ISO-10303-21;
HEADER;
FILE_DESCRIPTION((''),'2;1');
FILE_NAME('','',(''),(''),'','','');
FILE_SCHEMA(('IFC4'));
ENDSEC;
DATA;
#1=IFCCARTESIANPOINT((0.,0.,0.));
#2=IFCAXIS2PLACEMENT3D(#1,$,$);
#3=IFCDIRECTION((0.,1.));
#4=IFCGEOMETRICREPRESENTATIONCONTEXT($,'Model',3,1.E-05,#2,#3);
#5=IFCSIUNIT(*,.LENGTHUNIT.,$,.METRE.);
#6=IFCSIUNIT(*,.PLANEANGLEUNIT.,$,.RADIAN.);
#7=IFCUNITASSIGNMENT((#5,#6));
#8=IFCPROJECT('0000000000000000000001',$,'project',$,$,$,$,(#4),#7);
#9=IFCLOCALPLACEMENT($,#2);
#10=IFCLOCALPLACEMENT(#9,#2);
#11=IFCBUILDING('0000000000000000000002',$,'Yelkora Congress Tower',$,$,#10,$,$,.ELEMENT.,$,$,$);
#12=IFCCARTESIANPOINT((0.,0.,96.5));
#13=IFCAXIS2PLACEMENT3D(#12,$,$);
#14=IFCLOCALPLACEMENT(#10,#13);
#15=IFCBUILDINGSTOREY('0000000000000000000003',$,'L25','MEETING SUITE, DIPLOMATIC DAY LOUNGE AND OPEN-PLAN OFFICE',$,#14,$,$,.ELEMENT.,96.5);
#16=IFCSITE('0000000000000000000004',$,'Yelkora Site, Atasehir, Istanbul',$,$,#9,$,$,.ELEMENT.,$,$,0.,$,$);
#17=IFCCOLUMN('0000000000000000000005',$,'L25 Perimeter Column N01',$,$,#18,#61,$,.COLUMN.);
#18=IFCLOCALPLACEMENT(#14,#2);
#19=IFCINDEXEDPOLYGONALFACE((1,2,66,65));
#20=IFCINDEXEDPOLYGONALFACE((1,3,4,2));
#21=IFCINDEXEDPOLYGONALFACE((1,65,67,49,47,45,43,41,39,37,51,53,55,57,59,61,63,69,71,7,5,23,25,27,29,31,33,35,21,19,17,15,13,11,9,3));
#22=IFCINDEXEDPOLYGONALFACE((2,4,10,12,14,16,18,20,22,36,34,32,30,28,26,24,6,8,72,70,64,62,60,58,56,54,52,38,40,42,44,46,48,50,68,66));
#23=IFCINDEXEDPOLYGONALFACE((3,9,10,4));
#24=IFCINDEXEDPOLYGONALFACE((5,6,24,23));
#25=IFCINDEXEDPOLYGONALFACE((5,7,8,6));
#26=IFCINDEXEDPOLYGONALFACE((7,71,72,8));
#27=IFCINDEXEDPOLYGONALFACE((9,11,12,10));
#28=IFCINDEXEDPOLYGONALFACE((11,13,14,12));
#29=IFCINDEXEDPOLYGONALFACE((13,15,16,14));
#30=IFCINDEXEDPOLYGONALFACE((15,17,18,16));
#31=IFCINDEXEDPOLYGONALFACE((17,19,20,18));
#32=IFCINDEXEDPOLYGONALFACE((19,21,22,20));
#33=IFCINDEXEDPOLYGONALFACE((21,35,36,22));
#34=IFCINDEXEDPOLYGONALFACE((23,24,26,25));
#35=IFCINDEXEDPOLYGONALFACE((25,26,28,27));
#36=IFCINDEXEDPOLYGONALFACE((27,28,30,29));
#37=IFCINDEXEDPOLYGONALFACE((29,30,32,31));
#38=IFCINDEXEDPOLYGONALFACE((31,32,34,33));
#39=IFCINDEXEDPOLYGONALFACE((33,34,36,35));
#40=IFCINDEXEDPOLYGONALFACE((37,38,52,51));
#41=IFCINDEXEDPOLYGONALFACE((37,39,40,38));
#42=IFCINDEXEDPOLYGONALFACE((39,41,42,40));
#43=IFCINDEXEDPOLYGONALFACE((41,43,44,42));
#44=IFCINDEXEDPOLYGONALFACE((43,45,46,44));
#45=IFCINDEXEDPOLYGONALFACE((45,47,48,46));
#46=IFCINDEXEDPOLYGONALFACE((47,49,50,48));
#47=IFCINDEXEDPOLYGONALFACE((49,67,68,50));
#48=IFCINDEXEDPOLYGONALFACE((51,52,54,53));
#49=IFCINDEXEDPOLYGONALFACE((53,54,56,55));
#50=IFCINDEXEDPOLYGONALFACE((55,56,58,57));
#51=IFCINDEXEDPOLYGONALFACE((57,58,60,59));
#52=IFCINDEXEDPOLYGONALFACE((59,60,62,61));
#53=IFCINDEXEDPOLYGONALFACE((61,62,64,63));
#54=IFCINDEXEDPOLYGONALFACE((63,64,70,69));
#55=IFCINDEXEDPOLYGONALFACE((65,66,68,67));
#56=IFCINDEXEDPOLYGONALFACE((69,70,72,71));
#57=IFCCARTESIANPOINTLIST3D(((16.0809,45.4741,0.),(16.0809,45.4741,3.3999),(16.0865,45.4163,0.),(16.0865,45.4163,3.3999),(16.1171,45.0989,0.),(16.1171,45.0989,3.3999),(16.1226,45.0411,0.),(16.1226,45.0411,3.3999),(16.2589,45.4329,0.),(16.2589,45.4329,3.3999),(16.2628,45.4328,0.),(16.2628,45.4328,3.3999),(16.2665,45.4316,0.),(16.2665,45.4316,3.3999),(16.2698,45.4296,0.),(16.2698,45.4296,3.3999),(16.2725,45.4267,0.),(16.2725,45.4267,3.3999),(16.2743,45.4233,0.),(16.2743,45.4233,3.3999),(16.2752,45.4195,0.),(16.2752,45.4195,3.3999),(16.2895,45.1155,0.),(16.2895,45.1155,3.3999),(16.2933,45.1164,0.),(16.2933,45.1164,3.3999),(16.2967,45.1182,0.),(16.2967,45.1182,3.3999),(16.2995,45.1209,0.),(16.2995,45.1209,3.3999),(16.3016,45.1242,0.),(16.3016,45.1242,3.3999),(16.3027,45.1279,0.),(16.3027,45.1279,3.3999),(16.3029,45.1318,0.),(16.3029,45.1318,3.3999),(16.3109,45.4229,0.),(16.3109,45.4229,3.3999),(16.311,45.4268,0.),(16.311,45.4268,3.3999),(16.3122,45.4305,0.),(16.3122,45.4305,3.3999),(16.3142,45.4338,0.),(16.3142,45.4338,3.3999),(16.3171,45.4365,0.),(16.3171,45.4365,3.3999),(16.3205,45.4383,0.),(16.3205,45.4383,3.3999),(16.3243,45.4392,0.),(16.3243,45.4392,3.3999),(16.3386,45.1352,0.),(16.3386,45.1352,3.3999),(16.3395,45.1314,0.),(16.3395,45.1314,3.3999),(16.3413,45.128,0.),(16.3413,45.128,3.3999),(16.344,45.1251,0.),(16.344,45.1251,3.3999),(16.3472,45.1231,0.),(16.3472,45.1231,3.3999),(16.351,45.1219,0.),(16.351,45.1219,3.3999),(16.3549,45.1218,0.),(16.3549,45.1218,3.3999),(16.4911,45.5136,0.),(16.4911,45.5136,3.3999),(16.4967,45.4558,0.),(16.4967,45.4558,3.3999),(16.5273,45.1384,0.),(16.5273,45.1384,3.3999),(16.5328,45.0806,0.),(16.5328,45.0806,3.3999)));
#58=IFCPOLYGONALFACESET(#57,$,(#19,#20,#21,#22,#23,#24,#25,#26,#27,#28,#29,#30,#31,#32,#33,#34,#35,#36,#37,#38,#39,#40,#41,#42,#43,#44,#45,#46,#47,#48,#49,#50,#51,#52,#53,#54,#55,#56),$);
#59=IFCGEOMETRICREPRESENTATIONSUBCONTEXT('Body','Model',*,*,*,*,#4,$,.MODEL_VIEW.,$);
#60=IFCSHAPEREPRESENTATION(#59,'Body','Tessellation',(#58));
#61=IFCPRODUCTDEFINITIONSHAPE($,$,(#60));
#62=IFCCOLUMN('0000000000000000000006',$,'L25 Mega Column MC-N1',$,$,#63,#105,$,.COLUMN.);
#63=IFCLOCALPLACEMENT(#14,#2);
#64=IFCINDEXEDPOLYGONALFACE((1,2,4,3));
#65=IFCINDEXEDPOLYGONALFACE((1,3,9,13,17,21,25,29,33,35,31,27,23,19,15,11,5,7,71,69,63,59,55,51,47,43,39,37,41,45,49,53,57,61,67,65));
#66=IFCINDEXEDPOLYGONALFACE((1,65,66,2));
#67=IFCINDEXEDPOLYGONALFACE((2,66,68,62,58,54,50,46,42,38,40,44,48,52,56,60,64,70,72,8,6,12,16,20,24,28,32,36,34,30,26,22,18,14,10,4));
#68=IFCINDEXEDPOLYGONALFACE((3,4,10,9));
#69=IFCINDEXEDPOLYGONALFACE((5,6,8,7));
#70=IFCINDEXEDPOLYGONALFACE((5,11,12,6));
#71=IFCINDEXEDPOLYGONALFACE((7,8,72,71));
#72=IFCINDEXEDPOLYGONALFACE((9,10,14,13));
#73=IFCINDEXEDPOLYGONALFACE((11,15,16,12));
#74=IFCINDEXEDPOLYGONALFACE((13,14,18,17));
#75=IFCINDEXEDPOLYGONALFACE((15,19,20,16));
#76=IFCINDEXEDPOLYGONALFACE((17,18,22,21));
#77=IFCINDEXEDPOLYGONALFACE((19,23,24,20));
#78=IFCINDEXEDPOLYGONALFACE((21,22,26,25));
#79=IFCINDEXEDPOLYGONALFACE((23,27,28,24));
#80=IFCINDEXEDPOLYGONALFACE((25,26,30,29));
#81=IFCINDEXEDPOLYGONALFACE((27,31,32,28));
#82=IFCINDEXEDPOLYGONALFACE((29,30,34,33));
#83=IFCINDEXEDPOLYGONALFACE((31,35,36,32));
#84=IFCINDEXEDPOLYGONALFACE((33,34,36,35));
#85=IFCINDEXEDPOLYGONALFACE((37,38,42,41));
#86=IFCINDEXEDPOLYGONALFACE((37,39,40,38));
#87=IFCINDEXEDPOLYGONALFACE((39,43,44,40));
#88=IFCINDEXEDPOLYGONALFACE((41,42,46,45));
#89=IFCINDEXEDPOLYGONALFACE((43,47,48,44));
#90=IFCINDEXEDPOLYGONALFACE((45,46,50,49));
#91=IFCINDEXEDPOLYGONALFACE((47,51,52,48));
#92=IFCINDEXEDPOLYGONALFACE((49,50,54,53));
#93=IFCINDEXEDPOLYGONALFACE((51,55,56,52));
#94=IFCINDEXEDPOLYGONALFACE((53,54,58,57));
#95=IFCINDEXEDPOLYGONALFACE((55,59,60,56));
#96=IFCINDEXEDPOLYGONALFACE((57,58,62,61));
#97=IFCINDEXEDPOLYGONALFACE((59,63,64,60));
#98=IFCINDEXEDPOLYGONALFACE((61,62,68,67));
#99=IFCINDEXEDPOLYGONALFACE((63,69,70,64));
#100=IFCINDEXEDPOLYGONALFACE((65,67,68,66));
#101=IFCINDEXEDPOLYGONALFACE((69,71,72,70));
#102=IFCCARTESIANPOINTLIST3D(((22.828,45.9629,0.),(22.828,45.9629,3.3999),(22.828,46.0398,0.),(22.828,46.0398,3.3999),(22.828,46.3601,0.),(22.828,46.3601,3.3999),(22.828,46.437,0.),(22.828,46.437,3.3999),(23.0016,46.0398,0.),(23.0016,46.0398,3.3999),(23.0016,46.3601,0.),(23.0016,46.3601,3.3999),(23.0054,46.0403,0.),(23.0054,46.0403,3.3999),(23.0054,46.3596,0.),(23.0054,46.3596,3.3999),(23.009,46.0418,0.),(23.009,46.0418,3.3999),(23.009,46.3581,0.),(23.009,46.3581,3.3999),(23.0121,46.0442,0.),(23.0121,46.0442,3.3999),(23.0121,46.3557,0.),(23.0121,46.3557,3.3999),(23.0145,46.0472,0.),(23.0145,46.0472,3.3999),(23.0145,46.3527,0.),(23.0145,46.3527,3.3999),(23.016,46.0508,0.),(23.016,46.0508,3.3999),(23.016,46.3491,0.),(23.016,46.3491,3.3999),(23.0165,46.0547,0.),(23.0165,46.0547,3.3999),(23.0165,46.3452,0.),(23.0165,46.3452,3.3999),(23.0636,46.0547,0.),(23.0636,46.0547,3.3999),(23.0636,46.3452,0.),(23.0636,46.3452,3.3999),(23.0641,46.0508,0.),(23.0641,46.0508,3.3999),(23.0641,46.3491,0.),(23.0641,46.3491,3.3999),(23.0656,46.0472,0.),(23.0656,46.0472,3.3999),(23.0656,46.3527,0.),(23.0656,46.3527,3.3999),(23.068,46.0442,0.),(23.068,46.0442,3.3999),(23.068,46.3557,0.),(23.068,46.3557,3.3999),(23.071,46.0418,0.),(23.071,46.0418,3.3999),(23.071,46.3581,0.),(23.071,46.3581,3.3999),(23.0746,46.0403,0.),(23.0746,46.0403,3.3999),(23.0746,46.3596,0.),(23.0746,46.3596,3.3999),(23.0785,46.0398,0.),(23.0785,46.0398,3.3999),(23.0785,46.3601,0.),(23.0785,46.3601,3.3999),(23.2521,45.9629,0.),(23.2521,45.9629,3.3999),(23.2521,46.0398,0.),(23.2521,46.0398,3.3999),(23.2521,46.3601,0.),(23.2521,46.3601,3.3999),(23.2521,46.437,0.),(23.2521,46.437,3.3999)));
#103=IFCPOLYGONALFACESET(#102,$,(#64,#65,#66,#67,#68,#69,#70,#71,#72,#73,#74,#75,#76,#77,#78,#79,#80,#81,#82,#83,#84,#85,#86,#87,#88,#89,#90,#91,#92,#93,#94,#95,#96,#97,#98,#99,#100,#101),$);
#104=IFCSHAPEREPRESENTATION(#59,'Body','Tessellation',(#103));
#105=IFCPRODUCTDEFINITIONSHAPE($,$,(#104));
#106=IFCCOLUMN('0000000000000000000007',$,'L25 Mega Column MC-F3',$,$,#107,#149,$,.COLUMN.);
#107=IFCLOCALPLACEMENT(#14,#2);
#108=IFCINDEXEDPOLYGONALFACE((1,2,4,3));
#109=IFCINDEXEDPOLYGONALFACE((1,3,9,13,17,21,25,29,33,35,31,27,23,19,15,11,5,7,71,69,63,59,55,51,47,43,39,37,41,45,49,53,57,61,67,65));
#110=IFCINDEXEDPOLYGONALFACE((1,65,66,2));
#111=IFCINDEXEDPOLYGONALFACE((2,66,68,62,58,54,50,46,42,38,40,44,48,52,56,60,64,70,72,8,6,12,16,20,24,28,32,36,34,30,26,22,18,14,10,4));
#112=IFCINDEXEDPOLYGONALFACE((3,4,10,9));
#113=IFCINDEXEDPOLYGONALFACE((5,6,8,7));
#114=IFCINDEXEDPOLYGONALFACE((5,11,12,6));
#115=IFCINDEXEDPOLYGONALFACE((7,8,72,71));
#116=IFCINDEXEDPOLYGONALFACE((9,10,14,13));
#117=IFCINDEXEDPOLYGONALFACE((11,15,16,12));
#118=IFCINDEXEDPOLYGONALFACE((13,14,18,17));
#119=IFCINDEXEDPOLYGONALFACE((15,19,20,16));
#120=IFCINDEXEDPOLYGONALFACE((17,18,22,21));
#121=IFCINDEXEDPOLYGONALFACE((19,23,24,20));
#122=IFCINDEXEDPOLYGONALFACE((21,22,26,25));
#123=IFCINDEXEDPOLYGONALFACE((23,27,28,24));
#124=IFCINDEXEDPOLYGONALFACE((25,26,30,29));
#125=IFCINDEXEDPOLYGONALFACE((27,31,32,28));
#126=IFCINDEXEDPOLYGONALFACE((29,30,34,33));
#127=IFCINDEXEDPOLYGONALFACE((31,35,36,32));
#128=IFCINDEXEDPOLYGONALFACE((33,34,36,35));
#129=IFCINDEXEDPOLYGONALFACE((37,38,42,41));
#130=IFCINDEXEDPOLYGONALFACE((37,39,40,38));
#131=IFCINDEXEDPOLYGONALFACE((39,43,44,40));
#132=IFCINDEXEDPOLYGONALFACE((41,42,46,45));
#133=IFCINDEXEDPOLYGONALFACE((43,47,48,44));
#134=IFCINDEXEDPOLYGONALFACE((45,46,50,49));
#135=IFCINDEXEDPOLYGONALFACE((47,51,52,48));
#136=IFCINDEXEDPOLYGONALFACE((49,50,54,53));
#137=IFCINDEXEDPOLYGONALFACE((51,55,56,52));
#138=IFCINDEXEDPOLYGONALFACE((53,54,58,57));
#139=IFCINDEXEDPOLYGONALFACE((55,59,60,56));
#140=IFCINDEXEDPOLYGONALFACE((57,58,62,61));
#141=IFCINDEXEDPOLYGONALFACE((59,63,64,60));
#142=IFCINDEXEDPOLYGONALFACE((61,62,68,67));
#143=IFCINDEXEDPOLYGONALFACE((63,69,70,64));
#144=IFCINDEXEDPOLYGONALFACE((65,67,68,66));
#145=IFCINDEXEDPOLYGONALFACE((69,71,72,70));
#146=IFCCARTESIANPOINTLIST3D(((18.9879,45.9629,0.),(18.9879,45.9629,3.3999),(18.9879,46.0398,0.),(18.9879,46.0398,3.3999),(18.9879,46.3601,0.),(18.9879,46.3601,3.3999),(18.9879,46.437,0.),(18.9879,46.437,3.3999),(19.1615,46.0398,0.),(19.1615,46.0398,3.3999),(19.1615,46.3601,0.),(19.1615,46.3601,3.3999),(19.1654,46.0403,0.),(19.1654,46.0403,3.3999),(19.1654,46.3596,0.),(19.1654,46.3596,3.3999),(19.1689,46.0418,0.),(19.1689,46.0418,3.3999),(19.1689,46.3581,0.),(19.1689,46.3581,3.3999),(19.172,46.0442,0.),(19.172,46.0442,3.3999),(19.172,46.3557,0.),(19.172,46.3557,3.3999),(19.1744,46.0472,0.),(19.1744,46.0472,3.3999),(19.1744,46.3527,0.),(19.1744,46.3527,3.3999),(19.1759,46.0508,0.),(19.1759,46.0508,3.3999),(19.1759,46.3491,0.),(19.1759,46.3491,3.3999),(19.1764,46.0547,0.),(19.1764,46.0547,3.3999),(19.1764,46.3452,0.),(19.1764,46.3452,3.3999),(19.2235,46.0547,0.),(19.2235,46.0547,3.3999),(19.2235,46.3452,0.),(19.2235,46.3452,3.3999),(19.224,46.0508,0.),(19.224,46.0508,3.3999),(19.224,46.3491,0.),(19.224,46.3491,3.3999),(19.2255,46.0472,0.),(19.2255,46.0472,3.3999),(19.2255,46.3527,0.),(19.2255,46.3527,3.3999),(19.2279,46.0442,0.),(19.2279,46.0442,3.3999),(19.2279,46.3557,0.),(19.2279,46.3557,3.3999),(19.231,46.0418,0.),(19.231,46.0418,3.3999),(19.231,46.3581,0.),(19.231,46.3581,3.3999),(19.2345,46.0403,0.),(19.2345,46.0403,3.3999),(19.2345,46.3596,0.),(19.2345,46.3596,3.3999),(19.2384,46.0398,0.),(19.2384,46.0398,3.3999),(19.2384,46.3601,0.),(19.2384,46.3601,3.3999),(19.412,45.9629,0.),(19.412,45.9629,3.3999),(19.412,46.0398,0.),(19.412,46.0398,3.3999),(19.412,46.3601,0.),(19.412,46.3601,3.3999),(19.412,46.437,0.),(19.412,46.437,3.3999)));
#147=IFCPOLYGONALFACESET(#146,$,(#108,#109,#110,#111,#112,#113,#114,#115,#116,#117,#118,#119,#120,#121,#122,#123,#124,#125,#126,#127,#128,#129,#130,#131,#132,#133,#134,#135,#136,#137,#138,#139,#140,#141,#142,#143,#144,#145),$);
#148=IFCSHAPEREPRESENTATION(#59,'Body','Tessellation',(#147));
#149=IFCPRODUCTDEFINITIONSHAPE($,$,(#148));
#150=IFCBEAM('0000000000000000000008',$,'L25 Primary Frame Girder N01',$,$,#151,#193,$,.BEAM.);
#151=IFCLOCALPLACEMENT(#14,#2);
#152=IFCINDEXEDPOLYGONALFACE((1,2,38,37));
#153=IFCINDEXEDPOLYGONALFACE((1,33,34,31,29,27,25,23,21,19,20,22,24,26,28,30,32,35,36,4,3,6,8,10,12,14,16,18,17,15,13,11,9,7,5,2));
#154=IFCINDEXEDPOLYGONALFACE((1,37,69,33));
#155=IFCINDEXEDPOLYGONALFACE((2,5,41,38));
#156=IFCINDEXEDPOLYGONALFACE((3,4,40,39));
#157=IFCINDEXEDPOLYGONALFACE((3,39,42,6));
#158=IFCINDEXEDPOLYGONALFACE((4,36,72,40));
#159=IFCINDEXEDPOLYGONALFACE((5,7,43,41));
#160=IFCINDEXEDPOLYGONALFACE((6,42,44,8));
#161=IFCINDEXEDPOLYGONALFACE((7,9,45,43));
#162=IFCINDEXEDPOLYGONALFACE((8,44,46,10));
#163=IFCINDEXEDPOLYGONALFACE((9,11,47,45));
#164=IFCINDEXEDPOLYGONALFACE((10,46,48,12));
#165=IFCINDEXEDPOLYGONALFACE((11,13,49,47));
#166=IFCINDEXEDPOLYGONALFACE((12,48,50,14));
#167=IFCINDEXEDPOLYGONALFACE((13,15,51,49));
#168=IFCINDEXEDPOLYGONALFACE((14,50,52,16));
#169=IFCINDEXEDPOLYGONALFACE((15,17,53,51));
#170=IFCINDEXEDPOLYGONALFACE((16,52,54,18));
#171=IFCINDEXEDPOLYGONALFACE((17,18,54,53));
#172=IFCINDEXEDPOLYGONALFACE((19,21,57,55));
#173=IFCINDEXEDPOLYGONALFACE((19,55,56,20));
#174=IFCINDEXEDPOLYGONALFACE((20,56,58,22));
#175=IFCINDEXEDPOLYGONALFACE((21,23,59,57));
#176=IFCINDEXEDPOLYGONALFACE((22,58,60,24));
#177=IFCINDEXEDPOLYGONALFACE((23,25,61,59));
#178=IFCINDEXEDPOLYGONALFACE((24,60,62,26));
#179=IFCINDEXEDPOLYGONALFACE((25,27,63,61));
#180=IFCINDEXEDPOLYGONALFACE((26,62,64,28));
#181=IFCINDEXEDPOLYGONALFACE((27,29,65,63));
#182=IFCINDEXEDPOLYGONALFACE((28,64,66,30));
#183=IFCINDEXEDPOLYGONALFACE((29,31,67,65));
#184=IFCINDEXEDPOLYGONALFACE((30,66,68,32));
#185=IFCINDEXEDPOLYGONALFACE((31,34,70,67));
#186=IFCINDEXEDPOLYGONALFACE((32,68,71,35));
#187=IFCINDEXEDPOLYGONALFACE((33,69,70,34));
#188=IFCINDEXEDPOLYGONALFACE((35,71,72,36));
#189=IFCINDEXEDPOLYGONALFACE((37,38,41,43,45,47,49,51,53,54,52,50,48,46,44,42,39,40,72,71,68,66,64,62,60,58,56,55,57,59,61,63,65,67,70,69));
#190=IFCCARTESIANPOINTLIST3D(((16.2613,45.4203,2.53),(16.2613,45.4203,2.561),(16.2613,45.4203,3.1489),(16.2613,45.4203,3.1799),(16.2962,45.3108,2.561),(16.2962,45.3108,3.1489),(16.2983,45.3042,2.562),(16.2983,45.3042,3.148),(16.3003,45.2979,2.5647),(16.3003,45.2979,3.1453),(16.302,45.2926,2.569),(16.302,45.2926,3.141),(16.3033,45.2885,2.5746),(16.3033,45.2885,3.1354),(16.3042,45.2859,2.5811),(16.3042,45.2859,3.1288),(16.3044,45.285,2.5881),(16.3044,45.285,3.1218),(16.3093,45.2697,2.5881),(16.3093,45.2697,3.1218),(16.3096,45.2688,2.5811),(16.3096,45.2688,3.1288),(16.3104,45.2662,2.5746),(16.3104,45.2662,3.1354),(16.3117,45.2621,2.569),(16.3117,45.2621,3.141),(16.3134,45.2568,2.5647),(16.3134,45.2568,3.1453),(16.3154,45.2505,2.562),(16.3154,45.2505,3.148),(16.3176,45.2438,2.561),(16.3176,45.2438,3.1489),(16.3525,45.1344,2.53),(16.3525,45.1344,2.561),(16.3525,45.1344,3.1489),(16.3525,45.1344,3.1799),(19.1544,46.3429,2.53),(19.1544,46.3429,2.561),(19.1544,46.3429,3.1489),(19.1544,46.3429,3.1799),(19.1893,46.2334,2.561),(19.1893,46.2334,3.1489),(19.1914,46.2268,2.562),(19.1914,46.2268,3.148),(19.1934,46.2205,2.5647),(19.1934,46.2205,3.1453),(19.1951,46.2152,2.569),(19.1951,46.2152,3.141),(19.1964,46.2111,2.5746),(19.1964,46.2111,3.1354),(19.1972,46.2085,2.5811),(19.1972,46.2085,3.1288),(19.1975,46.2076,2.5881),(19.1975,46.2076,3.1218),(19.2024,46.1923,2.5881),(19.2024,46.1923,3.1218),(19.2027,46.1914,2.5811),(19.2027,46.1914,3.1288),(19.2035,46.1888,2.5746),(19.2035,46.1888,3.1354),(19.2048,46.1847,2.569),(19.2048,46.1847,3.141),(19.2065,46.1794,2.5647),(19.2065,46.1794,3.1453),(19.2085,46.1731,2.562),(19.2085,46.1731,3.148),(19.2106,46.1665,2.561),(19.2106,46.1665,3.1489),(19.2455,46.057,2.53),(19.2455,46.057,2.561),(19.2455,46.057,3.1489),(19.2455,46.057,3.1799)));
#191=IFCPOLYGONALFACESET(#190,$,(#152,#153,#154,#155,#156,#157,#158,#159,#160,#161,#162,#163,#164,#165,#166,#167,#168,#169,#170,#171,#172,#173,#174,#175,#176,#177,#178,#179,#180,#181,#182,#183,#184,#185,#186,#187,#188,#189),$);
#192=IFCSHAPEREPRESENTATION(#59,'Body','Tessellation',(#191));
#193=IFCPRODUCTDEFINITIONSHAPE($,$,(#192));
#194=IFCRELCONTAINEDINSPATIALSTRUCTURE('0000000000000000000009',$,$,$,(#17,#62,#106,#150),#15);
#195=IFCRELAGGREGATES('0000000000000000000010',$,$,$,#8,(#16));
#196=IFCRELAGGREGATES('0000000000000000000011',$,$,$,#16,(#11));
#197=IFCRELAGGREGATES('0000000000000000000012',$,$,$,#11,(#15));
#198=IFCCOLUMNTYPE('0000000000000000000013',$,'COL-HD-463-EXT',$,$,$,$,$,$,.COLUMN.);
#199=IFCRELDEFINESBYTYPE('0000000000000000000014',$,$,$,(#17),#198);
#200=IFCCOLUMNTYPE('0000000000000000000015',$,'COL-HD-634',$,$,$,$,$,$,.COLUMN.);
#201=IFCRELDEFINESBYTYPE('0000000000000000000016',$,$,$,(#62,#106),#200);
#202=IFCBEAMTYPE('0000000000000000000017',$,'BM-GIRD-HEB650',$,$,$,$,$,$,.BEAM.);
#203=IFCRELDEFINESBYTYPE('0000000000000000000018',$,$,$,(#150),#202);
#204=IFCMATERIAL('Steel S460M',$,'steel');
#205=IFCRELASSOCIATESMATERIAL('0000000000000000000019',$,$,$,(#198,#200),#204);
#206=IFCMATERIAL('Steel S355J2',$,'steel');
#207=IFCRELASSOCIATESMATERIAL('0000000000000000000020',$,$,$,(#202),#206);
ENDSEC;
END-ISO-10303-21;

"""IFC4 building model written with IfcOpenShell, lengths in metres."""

from ifc_helpers import new_model, si_unit, direction, frame, origin, origin_2d, place, context, subcontext, project, spatial, i_section, extrude, material, material_profile, profile_set, type_object, element, save


model = new_model("IFC4")

# Units and contexts
model_context = context("Model", 3, precision=1e-05, world=origin(), true_north=direction((0.0, 1.0)))
body_context = subcontext(model_context, "Body", "Model", "MODEL_VIEW")
ifc_project = project(units=[si_unit("LENGTHUNIT", "METRE"), si_unit("PLANEANGLEUNIT", "RADIAN")], contexts=[model_context])

# Site, building, storey
site_placement = place(None, origin())
site = spatial("IfcSite", under=ifc_project, at=site_placement, Name="Yelkora Site, Atasehir, Istanbul", CompositionType="ELEMENT", RefElevation=0.0)
building_placement = place(site_placement, origin())
building = spatial("IfcBuilding", under=site, at=building_placement, Name="Yelkora Congress Tower", CompositionType="ELEMENT")
storey_placement = place(building_placement, frame((0.0, 0.0, 96.5)))
storey = spatial("IfcBuildingStorey", under=building, at=storey_placement, Name="L25", Description="MEETING SUITE, DIPLOMATIC DAY LOUNGE AND OPEN-PLAN OFFICE", CompositionType="ELEMENT", Elevation=96.5)

# Columns
ifc_material_1 = material(Name="Steel S460M", Category="steel")
ifc_material_profile_1 = material_profile(ifc_material_1, i_section(OverallWidth=0.4121, OverallDepth=0.4351, WebThickness=0.0359, FlangeThickness=0.0581, FilletRadius=0.0149, at=origin_2d()), Name="HD 400x463")
ifc_profile_set_1 = profile_set([ifc_material_profile_1], Name="Steel S460M")
column_type_1 = type_object("IfcColumnType", Name="COL-HD-463-EXT", PredefinedType="COLUMN", material=ifc_profile_set_1)
column_placement = place(storey_placement, frame((16.3069, 45.2773, 0.0), z_axis=(0.0, 0.0, 1.0), x_axis=(0.995396, 0.095846, 0.0)))
element("IfcColumn", 1, at=column_placement, inside=storey, type_object=column_type_1, Name="L25 Perimeter Column N01", PredefinedType="COLUMN", context=body_context, shape_type="SweptSolid", body=[
    extrude(i_section(OverallWidth=0.4121, OverallDepth=0.4351, WebThickness=0.0359, FlangeThickness=0.0581, FilletRadius=0.0149, at=origin_2d()), origin(), (0.0, 0.0, 1.0), 3.3999),
])
ifc_material_profile_2 = material_profile(ifc_material_1, i_section(OverallWidth=0.4241, OverallDepth=0.4741, WebThickness=0.0471, FlangeThickness=0.0769, FilletRadius=0.0149, at=origin_2d()), Name="HD 400x634")
ifc_profile_set_2 = profile_set([ifc_material_profile_2], Name="Steel S460M")
column_type_2 = type_object("IfcColumnType", Name="COL-HD-634", PredefinedType="COLUMN", material=ifc_profile_set_2)
for number, where, z_axis, x_axis, name in (
    (2, (23.04, 46.2, 0.0), (0.0, 0.0, 1.0), (1.0, 0.0, 0.0), "L25 Mega Column MC-N1"),
    (3, (19.2, 46.2, 0.0), (0.0, 0.0, 1.0), (1.0, 0.0, 0.0), "L25 Mega Column MC-F3"),
):
    element("IfcColumn", number, at=place(storey_placement, frame(where, z_axis=z_axis, x_axis=x_axis)), inside=storey, type_object=column_type_2, Name=name, PredefinedType="COLUMN", context=body_context, shape_type="SweptSolid", body=[
        extrude(i_section(OverallWidth=0.4241, OverallDepth=0.4741, WebThickness=0.0471, FlangeThickness=0.0769, FilletRadius=0.0149, at=origin_2d()), origin(), (0.0, 0.0, 1.0), 3.3999),
    ])

# Beam
ifc_material_2 = material(Name="Steel S355J2", Category="steel")
ifc_material_profile_3 = material_profile(ifc_material_2, i_section(OverallWidth=0.3, OverallDepth=0.6499, WebThickness=0.0161, FlangeThickness=0.031, FilletRadius=0.0271, at=origin_2d()), Name="HEB 650")
ifc_profile_set_3 = profile_set([ifc_material_profile_3], Name="Steel S355J2")
beam_type_1 = type_object("IfcBeamType", Name="BM-GIRD-HEB650", PredefinedType="BEAM", material=ifc_profile_set_3)
beam_1_placement = place(storey_placement, frame((16.3069, 45.2773, 2.855), z_axis=(0.952727, 0.303827, 0.0), x_axis=(-0.303827, 0.952727, 0.0)))
element("IfcBeam", 4, at=beam_1_placement, inside=storey, type_object=beam_type_1, Name="L25 Primary Frame Girder N01", PredefinedType="BEAM", context=body_context, shape_type="SweptSolid", body=[
    extrude(i_section(OverallWidth=0.3, OverallDepth=0.6499, WebThickness=0.0161, FlangeThickness=0.031, FilletRadius=0.0271, at=origin_2d()), origin(), (0.0, 0.0, 1.0), 3.0366),
])

save(model, "model.ifc")
